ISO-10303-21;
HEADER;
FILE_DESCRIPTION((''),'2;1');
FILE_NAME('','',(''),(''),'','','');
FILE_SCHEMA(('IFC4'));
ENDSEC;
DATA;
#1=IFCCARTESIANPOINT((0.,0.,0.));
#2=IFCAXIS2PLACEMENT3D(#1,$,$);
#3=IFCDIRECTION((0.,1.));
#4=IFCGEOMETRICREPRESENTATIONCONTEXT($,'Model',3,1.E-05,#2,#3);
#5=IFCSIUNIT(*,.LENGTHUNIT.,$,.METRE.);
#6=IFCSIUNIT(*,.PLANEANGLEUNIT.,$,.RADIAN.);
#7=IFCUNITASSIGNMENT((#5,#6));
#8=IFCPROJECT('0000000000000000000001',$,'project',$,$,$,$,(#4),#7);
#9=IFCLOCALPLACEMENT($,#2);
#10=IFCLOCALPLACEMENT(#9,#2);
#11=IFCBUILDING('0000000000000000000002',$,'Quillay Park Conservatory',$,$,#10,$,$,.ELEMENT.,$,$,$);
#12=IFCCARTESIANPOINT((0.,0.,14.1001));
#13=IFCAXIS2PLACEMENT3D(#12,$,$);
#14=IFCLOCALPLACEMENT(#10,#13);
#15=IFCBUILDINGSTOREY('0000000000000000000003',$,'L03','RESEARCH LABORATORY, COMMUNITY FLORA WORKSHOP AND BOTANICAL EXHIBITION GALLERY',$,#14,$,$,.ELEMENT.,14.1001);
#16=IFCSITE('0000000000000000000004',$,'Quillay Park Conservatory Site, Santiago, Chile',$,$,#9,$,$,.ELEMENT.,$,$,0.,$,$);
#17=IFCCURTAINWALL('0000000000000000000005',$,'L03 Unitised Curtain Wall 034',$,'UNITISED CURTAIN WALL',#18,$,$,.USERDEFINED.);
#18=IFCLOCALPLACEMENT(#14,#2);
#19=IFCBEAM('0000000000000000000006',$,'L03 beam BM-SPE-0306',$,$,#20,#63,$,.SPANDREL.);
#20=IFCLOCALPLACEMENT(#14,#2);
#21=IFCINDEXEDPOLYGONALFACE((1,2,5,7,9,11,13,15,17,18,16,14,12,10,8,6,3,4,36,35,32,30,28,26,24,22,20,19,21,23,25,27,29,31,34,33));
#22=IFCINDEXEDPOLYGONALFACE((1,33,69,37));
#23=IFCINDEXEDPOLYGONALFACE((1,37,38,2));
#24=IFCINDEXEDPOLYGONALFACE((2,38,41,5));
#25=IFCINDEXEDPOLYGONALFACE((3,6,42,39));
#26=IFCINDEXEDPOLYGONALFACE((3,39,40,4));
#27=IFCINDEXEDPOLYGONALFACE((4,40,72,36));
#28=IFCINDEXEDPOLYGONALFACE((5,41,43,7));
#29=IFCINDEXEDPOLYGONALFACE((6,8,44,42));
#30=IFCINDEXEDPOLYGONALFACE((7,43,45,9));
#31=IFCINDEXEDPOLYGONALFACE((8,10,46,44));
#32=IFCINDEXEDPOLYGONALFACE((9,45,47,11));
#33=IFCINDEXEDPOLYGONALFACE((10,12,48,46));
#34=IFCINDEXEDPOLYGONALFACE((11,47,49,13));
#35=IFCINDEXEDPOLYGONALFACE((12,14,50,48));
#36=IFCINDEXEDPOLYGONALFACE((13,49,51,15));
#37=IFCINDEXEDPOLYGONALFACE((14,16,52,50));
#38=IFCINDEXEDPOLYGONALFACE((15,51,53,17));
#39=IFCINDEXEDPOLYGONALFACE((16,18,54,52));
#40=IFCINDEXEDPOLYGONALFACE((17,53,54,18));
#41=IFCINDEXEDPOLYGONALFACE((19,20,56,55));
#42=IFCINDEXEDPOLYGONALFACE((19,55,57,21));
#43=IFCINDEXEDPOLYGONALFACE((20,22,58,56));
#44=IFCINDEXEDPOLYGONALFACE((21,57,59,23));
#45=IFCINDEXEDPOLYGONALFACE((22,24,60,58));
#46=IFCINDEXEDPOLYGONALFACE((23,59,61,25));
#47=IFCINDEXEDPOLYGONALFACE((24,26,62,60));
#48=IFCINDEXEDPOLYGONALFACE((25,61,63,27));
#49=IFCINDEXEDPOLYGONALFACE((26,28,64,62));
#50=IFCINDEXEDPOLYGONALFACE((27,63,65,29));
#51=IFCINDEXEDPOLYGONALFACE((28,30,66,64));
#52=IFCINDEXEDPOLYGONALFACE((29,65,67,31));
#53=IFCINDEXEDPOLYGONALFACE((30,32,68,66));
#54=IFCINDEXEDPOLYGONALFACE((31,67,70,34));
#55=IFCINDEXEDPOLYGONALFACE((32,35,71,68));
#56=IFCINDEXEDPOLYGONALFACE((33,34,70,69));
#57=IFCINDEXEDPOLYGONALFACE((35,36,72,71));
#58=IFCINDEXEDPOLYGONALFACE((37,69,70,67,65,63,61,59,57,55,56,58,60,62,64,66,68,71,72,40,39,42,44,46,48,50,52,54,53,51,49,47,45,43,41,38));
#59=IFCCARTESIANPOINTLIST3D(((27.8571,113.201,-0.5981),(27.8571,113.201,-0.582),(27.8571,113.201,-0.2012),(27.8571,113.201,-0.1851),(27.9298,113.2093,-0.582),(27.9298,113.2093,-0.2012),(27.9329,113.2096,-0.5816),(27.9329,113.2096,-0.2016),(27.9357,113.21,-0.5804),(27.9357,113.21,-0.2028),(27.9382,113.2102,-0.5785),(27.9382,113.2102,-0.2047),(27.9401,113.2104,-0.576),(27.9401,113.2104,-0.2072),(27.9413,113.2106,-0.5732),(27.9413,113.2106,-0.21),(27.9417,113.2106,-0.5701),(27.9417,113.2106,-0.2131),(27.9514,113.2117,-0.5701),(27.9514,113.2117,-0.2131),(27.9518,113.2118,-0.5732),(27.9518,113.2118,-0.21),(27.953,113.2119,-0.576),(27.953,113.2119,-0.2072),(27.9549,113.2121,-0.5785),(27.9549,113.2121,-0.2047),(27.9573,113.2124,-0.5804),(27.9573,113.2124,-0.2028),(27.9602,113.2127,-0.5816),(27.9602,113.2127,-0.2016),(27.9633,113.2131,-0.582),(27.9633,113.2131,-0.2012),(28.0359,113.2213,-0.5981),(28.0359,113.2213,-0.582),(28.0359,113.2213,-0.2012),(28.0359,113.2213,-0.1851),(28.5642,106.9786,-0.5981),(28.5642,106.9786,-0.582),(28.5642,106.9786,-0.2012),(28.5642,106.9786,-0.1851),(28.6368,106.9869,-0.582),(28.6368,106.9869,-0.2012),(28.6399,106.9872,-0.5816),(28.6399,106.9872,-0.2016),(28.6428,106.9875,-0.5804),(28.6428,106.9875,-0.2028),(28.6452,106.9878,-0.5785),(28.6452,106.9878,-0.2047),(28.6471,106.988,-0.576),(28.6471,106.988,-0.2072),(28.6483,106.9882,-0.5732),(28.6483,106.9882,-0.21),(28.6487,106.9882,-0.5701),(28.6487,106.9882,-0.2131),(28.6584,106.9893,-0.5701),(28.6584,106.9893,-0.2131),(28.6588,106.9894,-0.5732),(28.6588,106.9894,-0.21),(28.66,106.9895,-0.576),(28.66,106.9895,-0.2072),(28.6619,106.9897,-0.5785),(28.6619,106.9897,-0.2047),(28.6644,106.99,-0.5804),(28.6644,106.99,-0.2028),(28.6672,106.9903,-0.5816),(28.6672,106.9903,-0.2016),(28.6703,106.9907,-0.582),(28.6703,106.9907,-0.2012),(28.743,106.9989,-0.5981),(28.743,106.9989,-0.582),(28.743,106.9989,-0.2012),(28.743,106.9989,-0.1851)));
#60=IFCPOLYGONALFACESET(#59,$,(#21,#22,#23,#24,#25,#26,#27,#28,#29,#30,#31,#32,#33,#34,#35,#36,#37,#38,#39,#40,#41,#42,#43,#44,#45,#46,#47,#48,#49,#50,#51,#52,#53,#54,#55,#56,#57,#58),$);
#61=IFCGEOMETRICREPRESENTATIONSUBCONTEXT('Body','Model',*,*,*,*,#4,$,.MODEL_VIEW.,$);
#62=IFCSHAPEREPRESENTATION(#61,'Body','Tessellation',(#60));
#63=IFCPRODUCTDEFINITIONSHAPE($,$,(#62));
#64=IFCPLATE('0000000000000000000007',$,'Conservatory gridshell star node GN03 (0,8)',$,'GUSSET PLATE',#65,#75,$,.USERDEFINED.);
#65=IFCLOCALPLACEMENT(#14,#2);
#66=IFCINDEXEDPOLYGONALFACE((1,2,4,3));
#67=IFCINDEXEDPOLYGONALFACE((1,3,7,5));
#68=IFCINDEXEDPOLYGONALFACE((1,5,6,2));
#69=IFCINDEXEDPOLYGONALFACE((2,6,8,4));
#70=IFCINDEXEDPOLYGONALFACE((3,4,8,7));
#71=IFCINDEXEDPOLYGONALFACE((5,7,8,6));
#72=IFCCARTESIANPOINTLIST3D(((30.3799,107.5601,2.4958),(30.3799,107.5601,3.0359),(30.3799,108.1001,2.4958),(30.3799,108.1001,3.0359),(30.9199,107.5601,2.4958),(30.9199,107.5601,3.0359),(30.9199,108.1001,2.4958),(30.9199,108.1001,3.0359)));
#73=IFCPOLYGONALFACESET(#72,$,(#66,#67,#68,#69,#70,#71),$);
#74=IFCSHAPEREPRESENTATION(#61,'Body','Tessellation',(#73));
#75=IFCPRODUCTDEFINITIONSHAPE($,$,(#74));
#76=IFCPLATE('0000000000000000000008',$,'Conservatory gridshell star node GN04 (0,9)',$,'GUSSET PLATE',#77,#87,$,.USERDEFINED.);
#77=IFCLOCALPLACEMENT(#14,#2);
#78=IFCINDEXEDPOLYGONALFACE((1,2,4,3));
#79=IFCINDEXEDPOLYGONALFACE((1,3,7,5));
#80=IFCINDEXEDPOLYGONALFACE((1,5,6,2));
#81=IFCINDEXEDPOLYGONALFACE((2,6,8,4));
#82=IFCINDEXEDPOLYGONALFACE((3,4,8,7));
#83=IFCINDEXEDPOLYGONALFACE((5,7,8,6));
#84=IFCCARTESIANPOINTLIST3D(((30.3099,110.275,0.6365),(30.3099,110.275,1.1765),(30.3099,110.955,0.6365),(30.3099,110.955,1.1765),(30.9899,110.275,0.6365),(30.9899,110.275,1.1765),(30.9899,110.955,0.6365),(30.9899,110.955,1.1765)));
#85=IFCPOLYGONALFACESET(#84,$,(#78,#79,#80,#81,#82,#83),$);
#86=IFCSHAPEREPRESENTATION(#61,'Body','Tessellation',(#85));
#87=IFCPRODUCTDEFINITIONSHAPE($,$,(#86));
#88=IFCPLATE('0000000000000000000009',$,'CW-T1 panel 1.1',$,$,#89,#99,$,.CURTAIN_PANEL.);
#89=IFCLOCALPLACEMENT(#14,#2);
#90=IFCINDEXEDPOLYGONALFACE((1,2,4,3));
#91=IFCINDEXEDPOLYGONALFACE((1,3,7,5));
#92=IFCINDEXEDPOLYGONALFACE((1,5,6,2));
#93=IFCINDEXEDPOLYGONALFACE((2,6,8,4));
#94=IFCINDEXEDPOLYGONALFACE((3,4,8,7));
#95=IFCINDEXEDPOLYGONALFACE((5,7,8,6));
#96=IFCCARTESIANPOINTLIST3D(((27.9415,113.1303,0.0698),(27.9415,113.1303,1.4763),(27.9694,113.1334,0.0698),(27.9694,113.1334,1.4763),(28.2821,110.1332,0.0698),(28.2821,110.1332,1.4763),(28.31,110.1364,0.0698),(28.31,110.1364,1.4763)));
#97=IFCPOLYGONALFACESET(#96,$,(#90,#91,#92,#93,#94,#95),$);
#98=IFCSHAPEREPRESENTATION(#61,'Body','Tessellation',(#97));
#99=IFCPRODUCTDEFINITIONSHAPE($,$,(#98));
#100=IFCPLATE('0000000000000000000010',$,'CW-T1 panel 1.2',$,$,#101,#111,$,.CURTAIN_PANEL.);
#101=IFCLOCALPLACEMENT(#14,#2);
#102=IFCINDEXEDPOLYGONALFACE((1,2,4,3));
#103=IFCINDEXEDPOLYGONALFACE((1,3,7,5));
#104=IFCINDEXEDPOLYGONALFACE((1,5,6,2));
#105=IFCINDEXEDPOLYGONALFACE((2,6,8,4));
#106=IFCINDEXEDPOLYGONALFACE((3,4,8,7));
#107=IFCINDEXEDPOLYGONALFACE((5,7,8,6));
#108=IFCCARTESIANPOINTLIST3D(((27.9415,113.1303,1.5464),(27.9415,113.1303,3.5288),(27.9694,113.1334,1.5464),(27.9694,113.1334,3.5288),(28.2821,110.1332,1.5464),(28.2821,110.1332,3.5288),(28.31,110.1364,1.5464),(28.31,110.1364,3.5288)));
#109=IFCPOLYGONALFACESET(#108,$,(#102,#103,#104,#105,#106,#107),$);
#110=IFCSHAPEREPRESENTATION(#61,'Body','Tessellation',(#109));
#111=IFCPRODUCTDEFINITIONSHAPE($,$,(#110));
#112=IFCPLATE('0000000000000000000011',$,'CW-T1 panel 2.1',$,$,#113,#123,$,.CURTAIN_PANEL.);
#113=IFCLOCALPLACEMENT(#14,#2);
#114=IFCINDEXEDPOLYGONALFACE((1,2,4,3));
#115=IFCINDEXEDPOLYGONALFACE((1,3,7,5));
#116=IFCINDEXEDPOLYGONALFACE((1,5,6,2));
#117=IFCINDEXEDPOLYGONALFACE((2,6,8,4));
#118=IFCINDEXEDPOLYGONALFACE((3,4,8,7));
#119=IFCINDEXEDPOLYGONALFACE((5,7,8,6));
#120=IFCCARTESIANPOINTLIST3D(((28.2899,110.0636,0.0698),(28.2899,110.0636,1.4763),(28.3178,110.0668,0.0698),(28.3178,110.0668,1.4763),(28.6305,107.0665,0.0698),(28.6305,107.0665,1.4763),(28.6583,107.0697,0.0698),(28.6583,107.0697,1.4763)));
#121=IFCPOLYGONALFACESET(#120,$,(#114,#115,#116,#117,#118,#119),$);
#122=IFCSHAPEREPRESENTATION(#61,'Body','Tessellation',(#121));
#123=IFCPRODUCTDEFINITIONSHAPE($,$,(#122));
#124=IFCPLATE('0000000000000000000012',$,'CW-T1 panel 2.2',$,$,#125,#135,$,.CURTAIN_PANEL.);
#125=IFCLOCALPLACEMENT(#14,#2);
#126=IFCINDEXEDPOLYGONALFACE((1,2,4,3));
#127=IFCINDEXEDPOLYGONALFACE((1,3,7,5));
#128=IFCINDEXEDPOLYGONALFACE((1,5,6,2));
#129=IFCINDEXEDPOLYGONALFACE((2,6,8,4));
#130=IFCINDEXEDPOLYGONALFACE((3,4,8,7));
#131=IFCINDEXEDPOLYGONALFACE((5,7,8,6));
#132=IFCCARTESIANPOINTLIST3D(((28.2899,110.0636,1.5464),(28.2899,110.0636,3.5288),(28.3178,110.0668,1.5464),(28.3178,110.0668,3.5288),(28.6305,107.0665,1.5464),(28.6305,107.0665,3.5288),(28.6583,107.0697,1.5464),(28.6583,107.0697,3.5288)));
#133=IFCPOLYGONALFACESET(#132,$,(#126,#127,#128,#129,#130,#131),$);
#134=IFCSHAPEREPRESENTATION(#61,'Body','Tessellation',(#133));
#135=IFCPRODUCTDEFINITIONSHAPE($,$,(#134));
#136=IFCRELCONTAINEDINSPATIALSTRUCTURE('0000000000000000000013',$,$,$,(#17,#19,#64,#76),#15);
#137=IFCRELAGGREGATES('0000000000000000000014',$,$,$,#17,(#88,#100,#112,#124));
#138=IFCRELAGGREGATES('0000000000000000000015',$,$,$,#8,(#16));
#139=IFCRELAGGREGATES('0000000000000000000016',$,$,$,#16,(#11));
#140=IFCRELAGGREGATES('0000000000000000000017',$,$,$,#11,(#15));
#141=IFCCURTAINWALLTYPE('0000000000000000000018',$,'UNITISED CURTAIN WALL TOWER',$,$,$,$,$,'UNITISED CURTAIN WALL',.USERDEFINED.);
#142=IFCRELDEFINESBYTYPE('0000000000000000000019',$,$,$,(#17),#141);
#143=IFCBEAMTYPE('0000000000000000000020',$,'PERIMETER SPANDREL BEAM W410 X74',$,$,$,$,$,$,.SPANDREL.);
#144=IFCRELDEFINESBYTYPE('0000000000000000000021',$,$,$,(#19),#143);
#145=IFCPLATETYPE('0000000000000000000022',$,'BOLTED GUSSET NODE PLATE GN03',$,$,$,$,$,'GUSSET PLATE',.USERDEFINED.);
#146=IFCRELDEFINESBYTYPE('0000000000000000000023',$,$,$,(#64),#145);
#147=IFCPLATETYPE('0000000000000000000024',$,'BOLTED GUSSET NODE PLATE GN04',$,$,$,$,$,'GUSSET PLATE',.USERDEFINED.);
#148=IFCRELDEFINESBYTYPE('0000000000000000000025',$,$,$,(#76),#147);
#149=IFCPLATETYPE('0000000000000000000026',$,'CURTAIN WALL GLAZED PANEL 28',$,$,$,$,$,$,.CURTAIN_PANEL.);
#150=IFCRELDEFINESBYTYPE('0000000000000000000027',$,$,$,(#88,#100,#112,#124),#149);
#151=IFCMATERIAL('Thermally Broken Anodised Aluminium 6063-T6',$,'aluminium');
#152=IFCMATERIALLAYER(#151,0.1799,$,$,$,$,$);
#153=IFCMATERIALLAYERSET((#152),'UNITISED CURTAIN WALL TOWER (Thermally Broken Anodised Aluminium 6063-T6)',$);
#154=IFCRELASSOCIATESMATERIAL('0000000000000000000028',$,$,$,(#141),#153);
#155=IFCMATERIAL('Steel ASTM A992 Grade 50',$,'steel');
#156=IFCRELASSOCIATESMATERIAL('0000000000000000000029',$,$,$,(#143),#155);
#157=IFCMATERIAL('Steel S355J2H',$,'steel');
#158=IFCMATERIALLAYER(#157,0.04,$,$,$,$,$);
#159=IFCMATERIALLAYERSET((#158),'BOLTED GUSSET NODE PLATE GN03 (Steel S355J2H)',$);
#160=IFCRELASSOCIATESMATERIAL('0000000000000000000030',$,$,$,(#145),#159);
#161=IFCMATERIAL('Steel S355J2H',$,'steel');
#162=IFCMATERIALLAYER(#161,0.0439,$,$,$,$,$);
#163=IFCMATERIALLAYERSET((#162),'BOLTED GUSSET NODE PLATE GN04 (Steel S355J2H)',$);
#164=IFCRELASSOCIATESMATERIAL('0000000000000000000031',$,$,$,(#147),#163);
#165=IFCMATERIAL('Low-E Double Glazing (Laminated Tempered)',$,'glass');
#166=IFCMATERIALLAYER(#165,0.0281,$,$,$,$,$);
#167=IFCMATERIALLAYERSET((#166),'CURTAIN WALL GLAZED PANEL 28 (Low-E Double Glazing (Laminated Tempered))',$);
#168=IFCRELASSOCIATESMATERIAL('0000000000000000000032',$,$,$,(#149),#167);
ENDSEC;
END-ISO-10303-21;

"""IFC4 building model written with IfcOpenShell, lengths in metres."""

from ifc_helpers import new_model, si_unit, direction, frame, origin, origin_2d, place, context, subcontext, project, spatial, rectangle, i_section, extrude, material, layer, layer_set, material_profile, profile_set, type_object, element, aggregate, save


model = new_model("IFC4")

# Units and contexts
model_context = context("Model", 3, precision=1e-05, world=origin(), true_north=direction((0.0, 1.0)))
body_context = subcontext(model_context, "Body", "Model", "MODEL_VIEW")
ifc_project = project(units=[si_unit("LENGTHUNIT", "METRE"), si_unit("PLANEANGLEUNIT", "RADIAN")], contexts=[model_context])

# Site, building, storey
site_placement = place(None, origin())
site = spatial("IfcSite", under=ifc_project, at=site_placement, Name="Quillay Park Conservatory Site, Santiago, Chile", CompositionType="ELEMENT", RefElevation=0.0)
building_placement = place(site_placement, origin())
building = spatial("IfcBuilding", under=site, at=building_placement, Name="Quillay Park Conservatory", CompositionType="ELEMENT")
storey_placement = place(building_placement, frame((0.0, 0.0, 14.1001)))
storey = spatial("IfcBuildingStorey", under=building, at=storey_placement, Name="L03", Description="RESEARCH LABORATORY, COMMUNITY FLORA WORKSHOP AND BOTANICAL EXHIBITION GALLERY", CompositionType="ELEMENT", Elevation=14.1001)

# Shared definitions
ifc_material_1 = material(Name="Thermally Broken Anodised Aluminium 6063-T6", Category="aluminium")
ifc_layer_1 = layer(ifc_material_1, 0.1799)
ifc_layer_set_1 = layer_set([ifc_layer_1], Name="UNITISED CURTAIN WALL TOWER (Thermally Broken Anodised Aluminium 6063-T6)")
curtain_wall_type = type_object("IfcCurtainWallType", Name="UNITISED CURTAIN WALL TOWER", ElementType="UNITISED CURTAIN WALL", PredefinedType="USERDEFINED", material=ifc_layer_set_1)

# Curtain wall
curtain_wall_1_placement = place(storey_placement, origin())
curtain_wall_1 = element("IfcCurtainWall", 1, at=curtain_wall_1_placement, inside=storey, type_object=curtain_wall_type, Name="L03 Unitised Curtain Wall 034", ObjectType="UNITISED CURTAIN WALL", PredefinedType="USERDEFINED")

# Beam
ifc_material_2 = material(Name="Steel ASTM A992 Grade 50", Category="steel")
ifc_material_profile_1 = material_profile(ifc_material_2, i_section(OverallWidth=0.1799, OverallDepth=0.4131, WebThickness=0.0098, FlangeThickness=0.0161, FilletRadius=0.012, at=origin_2d()), Name="W410x74")
ifc_profile_set_1 = profile_set([ifc_material_profile_1], Name="Steel ASTM A992 Grade 50")
beam_type_1 = type_object("IfcBeamType", Name="PERIMETER SPANDREL BEAM W410 X74", PredefinedType="SPANDREL", material=ifc_profile_set_1)
beam_1_placement = place(storey_placement, frame((28.6536, 106.9888, -0.3916), z_axis=(-0.1129, 0.993606, 0.0), x_axis=(-0.993606, -0.1129, 0.0)))
element("IfcBeam", 2, at=beam_1_placement, inside=storey, type_object=beam_type_1, Name="L03 beam BM-SPE-0306", PredefinedType="SPANDREL", context=body_context, shape_type="SweptSolid", body=[
    extrude(i_section(OverallWidth=0.1799, OverallDepth=0.4131, WebThickness=0.0098, FlangeThickness=0.0161, FilletRadius=0.012, at=origin_2d()), origin(), (0.0, 0.0, 1.0), 6.2625),
])

# Plates
ifc_material_3 = material(Name="Steel S355J2H", Category="steel")
ifc_layer_2 = layer(ifc_material_3, 0.04)
ifc_layer_set_2 = layer_set([ifc_layer_2], Name="BOLTED GUSSET NODE PLATE GN03 (Steel S355J2H)")
plate_type_1 = type_object("IfcPlateType", Name="BOLTED GUSSET NODE PLATE GN03", ElementType="GUSSET PLATE", PredefinedType="USERDEFINED", material=ifc_layer_set_2)
plate_1_placement = place(storey_placement, frame((30.6499, 107.8301, 2.4958), z_axis=(0.0, 0.0, 1.0), x_axis=(1.0, 0.0, 0.0)))
element("IfcPlate", 3, at=plate_1_placement, inside=storey, type_object=plate_type_1, Name="Conservatory gridshell star node GN03 (0,8)", ObjectType="GUSSET PLATE", PredefinedType="USERDEFINED", context=body_context, shape_type="SweptSolid", body=[
    extrude(rectangle(XDim=0.54, YDim=0.54, at=origin_2d()), origin(), (0.0, 0.0, 1.0), 0.54),
])
ifc_material_4 = material(Name="Steel S355J2H", Category="steel")
ifc_layer_3 = layer(ifc_material_4, 0.0439)
ifc_layer_set_3 = layer_set([ifc_layer_3], Name="BOLTED GUSSET NODE PLATE GN04 (Steel S355J2H)")
plate_type_2 = type_object("IfcPlateType", Name="BOLTED GUSSET NODE PLATE GN04", ElementType="GUSSET PLATE", PredefinedType="USERDEFINED", material=ifc_layer_set_3)
plate_2_placement = place(storey_placement, frame((30.6499, 110.615, 0.6365), z_axis=(0.0, 0.0, 1.0), x_axis=(1.0, 0.0, 0.0)))
element("IfcPlate", 4, at=plate_2_placement, inside=storey, type_object=plate_type_2, Name="Conservatory gridshell star node GN04 (0,9)", ObjectType="GUSSET PLATE", PredefinedType="USERDEFINED", context=body_context, shape_type="SweptSolid", body=[
    extrude(rectangle(XDim=0.6799, YDim=0.6799, at=origin_2d()), origin(), (0.0, 0.0, 1.0), 0.54),
])

# Plates
ifc_material_5 = material(Name="Low-E Double Glazing (Laminated Tempered)", Category="glass")
ifc_layer_4 = layer(ifc_material_5, 0.0281)
ifc_layer_set_4 = layer_set([ifc_layer_4], Name="CURTAIN WALL GLAZED PANEL 28 (Low-E Double Glazing (Laminated Tempered))")
plate_type_3 = type_object("IfcPlateType", Name="CURTAIN WALL GLAZED PANEL 28", PredefinedType="CURTAIN_PANEL", material=ifc_layer_set_4)
plate_3_placement = place(storey_placement, frame((28.1257, 111.6333, 0.0698), z_axis=(0.0, 0.0, 1.0), x_axis=(0.112903, -0.993606, 0.0)))
plate_3 = element("IfcPlate", 5, at=plate_3_placement, type_object=plate_type_3, Name="CW-T1 panel 1.1", PredefinedType="CURTAIN_PANEL", context=body_context, shape_type="SweptSolid", body=[
    extrude(rectangle(XDim=3.0164, YDim=0.0281, at=origin_2d()), origin(), (0.0, 0.0, 1.0), 1.4065),
])
plate_4_placement = place(storey_placement, frame((28.1257, 111.6333, 1.5464), z_axis=(0.0, 0.0, 1.0), x_axis=(0.112903, -0.993606, 0.0)))
plate_4 = element("IfcPlate", 6, at=plate_4_placement, type_object=plate_type_3, Name="CW-T1 panel 1.2", PredefinedType="CURTAIN_PANEL", context=body_context, shape_type="SweptSolid", body=[
    extrude(rectangle(XDim=3.0164, YDim=0.0281, at=origin_2d()), origin(), (0.0, 0.0, 1.0), 1.9824),
])
plate_5_placement = place(storey_placement, frame((28.4741, 108.5667, 0.0698), z_axis=(0.0, 0.0, 1.0), x_axis=(0.112903, -0.993606, 0.0)))
plate_5 = element("IfcPlate", 7, at=plate_5_placement, type_object=plate_type_3, Name="CW-T1 panel 2.1", PredefinedType="CURTAIN_PANEL", context=body_context, shape_type="SweptSolid", body=[
    extrude(rectangle(XDim=3.0164, YDim=0.0281, at=origin_2d()), origin(), (0.0, 0.0, 1.0), 1.4065),
])
plate_6_placement = place(storey_placement, frame((28.4741, 108.5667, 1.5464), z_axis=(0.0, 0.0, 1.0), x_axis=(0.112903, -0.993606, 0.0)))
plate_6 = element("IfcPlate", 8, at=plate_6_placement, type_object=plate_type_3, Name="CW-T1 panel 2.2", PredefinedType="CURTAIN_PANEL", context=body_context, shape_type="SweptSolid", body=[
    extrude(rectangle(XDim=3.0164, YDim=0.0281, at=origin_2d()), origin(), (0.0, 0.0, 1.0), 1.9824),
])
aggregate(curtain_wall_1, [plate_3, plate_4, plate_5, plate_6])

save(model, "model.ifc")
